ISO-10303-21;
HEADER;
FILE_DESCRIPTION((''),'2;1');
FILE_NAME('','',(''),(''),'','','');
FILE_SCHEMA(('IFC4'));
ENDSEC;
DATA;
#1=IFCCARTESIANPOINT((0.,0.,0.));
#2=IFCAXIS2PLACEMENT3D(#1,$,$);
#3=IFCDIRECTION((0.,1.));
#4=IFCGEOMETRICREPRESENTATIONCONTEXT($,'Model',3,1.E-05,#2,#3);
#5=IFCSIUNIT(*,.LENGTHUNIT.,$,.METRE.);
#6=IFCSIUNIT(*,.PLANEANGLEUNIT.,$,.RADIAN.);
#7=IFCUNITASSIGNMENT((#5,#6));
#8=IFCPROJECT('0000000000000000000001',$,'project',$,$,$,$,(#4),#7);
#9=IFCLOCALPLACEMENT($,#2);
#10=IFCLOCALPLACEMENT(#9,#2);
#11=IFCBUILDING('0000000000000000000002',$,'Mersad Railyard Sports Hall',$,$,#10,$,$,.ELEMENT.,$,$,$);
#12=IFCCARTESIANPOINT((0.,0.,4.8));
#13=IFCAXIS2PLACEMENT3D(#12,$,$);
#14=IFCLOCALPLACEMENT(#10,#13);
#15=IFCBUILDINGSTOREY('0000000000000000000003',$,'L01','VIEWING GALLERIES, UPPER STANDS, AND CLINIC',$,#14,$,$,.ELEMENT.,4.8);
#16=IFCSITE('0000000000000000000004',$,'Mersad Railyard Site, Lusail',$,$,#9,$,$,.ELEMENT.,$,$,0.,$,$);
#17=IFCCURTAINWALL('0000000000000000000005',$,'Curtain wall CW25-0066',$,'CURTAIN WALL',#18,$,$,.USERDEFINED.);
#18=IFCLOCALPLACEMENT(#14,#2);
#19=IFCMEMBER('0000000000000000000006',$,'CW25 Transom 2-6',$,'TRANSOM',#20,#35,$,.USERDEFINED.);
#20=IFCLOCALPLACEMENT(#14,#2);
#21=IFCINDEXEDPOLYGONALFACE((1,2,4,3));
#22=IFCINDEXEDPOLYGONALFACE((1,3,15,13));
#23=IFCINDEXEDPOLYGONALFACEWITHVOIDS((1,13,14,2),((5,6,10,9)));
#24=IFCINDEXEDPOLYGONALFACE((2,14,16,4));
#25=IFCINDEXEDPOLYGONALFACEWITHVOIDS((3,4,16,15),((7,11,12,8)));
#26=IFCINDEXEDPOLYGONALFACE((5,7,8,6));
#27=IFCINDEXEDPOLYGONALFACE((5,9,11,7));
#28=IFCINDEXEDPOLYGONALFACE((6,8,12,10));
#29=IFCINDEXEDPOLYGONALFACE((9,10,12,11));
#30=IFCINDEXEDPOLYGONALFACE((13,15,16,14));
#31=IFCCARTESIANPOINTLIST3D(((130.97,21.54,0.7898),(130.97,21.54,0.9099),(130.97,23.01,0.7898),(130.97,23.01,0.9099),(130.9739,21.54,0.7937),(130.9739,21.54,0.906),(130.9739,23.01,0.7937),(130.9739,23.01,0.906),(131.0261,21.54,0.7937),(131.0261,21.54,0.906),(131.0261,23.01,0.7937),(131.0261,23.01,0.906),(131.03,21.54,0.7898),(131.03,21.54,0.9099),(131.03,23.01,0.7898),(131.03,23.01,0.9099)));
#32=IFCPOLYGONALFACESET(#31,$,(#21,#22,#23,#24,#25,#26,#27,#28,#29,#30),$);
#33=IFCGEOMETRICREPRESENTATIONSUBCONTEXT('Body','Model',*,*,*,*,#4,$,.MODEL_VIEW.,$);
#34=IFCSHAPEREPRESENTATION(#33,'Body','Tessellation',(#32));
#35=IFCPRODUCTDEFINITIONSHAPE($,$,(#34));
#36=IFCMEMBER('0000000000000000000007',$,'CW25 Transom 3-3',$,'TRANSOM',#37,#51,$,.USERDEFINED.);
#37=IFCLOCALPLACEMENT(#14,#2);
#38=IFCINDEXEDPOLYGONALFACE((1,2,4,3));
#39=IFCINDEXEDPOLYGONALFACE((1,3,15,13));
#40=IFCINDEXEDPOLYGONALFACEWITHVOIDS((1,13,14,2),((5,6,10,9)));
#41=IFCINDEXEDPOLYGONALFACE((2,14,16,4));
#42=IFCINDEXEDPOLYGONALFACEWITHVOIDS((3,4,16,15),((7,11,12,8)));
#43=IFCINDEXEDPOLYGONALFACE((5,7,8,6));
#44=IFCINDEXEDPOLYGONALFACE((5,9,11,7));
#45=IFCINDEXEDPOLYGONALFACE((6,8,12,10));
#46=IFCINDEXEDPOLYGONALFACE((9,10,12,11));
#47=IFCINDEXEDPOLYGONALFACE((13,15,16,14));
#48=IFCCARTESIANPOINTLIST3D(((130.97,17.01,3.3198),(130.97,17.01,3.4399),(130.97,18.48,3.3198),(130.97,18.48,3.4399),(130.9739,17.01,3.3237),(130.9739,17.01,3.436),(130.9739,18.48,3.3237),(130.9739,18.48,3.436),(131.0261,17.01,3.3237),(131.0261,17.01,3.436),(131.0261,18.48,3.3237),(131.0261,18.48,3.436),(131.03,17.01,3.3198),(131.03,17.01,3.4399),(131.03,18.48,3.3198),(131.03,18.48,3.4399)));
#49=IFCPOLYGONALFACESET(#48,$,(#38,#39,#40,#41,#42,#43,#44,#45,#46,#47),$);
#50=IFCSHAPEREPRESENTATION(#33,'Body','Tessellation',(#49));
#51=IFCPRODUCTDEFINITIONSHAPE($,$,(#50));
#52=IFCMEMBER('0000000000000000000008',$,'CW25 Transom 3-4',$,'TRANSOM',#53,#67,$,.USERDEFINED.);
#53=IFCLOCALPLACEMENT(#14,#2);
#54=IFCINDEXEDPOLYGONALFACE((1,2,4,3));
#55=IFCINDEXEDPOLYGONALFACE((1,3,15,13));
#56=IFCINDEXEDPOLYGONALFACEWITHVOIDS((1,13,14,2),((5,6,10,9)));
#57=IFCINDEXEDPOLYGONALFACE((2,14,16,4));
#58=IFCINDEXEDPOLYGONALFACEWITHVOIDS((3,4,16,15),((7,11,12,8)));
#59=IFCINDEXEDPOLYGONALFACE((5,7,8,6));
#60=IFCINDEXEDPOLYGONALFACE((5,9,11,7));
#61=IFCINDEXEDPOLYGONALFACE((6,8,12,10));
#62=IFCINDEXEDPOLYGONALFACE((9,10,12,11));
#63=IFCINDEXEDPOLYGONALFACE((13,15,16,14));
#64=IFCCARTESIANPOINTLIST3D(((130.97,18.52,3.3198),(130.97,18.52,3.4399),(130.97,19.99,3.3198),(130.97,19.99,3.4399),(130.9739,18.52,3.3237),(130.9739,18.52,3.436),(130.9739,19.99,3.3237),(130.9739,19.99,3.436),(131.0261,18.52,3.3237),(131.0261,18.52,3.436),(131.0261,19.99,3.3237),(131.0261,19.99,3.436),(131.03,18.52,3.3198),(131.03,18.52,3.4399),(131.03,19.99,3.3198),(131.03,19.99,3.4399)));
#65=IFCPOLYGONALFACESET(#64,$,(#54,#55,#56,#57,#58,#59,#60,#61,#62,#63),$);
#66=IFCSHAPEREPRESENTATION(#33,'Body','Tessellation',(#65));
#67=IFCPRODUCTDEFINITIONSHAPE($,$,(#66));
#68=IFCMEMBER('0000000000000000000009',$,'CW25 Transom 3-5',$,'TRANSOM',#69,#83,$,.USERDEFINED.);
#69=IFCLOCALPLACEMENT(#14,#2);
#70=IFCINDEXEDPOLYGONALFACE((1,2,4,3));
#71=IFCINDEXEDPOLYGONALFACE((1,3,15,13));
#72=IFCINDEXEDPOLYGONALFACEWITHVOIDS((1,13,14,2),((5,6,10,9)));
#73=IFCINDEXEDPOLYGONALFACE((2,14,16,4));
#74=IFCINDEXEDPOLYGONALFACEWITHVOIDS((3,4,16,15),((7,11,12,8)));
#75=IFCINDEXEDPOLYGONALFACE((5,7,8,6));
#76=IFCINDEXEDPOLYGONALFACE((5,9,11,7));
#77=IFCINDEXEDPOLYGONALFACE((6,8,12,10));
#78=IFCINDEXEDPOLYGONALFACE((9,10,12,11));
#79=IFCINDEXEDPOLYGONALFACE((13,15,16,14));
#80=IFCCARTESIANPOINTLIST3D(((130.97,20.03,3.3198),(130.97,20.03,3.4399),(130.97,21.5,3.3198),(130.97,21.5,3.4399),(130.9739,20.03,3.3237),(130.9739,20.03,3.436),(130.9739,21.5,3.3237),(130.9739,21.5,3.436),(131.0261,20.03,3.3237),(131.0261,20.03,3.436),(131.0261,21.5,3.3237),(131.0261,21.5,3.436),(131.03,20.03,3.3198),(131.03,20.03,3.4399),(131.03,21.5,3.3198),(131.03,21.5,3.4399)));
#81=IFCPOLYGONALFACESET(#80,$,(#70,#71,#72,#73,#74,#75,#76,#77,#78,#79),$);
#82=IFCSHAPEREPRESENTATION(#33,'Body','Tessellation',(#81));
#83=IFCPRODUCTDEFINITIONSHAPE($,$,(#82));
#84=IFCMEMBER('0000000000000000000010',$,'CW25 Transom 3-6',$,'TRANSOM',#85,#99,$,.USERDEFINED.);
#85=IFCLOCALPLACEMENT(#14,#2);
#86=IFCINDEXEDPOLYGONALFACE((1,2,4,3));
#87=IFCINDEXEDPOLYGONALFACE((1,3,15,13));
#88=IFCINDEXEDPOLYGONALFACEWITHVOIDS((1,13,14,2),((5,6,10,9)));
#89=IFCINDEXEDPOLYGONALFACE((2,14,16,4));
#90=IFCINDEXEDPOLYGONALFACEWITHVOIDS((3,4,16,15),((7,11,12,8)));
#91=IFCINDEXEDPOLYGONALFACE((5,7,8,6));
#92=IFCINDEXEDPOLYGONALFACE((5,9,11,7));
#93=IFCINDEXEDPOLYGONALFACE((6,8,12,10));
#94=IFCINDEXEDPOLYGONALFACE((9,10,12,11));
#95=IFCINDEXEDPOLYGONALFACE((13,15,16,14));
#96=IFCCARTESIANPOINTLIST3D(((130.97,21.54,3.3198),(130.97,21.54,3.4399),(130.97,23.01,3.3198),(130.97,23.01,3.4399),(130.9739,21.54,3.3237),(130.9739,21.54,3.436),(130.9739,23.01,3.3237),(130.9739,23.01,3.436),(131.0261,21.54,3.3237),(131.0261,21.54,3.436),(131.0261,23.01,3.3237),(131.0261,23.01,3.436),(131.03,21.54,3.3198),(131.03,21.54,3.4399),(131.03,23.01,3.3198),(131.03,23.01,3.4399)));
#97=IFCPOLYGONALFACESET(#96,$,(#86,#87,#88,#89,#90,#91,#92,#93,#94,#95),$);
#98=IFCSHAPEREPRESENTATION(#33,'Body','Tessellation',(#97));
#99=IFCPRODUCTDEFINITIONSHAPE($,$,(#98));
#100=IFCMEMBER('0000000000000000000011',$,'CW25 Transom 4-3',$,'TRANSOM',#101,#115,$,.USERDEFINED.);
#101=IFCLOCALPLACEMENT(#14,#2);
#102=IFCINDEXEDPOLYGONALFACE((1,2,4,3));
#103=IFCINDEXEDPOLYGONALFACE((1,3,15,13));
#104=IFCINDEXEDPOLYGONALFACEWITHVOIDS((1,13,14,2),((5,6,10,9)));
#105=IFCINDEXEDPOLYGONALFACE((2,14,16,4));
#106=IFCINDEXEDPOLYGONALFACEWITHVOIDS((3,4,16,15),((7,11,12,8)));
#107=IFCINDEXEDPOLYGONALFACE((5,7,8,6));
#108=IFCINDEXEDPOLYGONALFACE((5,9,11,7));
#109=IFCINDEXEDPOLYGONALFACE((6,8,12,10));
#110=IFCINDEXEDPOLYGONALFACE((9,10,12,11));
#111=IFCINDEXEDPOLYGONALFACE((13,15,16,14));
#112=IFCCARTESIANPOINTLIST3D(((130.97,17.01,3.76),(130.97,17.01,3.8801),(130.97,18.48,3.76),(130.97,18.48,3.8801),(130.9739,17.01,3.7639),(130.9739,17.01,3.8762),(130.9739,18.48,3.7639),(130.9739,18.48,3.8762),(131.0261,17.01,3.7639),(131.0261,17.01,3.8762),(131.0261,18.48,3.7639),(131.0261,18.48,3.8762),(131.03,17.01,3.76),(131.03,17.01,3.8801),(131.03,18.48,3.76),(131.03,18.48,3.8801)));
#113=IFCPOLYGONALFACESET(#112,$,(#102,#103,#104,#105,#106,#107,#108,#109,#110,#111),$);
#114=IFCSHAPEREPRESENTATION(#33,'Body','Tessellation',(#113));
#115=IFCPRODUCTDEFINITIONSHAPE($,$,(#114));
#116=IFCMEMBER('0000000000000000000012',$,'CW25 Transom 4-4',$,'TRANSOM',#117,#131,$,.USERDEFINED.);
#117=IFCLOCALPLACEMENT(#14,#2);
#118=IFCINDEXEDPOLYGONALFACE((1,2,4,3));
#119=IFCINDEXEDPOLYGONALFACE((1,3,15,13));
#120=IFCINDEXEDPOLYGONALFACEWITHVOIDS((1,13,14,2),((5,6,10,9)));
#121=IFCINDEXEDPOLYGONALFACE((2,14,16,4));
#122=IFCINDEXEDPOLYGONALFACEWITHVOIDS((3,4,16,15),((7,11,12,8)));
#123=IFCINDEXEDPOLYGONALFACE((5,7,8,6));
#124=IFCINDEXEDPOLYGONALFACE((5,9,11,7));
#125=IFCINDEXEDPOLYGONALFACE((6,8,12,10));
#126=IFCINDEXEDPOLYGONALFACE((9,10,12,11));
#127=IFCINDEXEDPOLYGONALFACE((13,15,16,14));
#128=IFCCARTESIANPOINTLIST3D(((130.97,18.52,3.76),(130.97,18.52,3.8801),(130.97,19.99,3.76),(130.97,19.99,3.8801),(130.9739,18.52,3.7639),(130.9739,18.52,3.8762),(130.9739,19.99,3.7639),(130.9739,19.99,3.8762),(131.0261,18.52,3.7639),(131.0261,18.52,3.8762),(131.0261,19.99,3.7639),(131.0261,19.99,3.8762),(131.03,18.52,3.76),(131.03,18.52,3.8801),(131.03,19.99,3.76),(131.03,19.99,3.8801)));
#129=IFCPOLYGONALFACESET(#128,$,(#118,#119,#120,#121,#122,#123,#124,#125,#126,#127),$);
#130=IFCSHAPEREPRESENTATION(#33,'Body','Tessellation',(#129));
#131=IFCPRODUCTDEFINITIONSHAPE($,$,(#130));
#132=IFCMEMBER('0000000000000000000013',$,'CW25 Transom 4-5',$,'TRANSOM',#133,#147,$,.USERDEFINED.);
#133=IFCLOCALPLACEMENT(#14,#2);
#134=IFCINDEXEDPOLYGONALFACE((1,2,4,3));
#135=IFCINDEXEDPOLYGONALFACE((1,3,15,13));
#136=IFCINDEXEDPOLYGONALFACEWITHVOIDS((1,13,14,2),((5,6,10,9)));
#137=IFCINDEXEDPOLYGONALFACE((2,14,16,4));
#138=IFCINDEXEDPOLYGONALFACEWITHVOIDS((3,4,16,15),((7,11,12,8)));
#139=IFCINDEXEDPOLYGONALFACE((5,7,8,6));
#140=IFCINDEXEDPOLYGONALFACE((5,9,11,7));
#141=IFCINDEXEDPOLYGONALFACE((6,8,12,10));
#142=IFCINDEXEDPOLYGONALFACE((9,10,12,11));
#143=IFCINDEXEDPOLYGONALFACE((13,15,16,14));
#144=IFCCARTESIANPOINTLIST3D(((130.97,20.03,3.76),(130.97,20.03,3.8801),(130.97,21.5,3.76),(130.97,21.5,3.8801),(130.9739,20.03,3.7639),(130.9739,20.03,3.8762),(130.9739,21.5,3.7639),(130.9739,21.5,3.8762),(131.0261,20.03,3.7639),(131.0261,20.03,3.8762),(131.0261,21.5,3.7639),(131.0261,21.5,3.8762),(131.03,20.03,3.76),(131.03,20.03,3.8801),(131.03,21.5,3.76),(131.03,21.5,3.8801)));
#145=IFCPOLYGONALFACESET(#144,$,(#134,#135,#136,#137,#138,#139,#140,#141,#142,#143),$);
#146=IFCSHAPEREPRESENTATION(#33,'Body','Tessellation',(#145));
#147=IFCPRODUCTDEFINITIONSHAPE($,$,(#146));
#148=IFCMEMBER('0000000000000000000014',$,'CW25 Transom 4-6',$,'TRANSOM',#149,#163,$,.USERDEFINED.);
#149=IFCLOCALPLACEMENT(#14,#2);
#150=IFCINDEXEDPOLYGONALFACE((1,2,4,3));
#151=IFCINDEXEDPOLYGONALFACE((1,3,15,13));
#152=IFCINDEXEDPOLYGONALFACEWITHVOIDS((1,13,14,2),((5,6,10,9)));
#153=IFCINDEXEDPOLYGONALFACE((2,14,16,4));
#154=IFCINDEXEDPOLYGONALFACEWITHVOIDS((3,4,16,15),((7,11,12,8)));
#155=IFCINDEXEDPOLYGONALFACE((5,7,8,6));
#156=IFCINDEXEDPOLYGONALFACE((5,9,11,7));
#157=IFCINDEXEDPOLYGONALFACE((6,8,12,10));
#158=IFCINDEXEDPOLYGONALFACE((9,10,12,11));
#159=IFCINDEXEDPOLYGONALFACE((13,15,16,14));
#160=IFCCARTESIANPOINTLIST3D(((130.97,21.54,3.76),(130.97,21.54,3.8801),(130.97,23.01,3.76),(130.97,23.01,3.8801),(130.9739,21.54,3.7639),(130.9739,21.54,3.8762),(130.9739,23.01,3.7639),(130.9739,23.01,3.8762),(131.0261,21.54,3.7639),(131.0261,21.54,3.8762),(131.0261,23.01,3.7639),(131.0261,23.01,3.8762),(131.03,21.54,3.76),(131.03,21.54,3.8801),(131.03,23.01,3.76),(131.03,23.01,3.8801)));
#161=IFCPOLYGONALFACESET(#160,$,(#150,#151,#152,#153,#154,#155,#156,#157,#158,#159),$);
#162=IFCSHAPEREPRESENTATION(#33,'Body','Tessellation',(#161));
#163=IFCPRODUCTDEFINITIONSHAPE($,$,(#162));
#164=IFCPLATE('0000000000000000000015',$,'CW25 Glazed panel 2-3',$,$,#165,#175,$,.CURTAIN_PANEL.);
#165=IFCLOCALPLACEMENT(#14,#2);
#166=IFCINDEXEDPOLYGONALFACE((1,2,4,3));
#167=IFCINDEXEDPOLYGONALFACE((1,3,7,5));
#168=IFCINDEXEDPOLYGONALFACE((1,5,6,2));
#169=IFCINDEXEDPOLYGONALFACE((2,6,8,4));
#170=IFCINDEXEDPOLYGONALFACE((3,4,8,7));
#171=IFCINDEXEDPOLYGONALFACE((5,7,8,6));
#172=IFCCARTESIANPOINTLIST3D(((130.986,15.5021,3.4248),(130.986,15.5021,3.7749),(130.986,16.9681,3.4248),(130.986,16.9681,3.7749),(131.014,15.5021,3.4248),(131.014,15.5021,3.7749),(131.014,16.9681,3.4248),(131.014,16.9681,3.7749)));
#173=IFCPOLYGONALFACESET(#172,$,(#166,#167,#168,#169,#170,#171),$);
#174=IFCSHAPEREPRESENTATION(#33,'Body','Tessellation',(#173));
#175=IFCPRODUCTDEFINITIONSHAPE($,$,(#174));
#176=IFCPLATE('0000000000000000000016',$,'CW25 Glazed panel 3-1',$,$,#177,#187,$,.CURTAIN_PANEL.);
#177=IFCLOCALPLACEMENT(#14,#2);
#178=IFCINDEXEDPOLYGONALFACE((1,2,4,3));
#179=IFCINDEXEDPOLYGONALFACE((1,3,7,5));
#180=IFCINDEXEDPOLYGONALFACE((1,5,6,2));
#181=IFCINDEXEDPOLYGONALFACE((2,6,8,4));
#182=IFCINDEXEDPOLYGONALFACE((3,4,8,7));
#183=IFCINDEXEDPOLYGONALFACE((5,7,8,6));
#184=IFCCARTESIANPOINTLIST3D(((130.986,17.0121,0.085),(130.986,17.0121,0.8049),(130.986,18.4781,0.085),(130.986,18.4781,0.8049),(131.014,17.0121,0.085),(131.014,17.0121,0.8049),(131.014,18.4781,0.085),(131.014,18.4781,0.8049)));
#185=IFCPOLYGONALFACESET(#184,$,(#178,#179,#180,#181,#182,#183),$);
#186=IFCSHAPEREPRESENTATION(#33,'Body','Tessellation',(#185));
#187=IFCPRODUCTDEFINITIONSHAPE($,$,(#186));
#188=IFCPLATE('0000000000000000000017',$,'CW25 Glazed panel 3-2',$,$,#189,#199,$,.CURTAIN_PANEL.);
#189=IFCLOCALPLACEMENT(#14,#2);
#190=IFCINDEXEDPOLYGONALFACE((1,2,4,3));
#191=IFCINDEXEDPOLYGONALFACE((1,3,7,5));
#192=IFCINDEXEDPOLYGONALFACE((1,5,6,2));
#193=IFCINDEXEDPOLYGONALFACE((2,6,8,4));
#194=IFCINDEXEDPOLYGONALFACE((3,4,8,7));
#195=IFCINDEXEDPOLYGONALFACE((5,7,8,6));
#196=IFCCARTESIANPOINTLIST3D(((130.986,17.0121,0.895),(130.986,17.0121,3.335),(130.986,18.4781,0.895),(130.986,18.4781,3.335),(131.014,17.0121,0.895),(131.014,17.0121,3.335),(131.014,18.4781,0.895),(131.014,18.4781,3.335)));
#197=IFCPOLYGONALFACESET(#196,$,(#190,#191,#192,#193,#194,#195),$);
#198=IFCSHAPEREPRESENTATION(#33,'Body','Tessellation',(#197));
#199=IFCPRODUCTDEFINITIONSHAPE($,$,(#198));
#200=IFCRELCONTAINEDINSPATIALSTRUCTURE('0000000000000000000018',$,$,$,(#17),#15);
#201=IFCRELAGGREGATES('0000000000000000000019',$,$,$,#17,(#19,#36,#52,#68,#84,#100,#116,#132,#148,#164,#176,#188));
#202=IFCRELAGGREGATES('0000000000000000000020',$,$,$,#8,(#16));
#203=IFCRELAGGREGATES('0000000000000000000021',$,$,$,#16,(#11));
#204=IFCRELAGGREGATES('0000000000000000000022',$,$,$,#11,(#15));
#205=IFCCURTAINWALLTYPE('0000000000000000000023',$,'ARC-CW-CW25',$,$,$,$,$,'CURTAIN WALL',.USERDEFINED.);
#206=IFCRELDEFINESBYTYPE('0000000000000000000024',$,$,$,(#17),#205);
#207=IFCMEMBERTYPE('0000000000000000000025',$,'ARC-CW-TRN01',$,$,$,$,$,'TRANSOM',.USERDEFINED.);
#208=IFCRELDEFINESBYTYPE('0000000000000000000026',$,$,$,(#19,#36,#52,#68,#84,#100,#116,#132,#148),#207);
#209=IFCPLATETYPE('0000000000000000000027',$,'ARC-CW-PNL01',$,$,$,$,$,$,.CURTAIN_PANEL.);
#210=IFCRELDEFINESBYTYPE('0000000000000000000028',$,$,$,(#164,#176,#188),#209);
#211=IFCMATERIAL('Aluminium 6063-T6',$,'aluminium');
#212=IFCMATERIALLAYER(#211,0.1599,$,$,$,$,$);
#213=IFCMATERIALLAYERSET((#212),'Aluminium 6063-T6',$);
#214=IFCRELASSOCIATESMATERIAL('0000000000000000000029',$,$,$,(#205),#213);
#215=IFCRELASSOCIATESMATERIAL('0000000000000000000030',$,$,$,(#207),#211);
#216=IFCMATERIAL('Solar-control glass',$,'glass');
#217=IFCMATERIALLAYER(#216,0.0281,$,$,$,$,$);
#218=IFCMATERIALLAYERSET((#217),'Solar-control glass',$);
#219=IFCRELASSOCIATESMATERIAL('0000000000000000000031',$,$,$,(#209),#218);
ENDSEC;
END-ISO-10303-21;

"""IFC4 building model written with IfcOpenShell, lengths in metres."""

from ifc_helpers import new_model, si_unit, direction, frame, origin, origin_2d, place, context, subcontext, project, spatial, rectangle, hollow_rectangle, extrude, material, layer, layer_set, material_profile, profile_set, type_object, element, aggregate, save


model = new_model("IFC4")

# Units and contexts
model_context = context("Model", 3, precision=1e-05, world=origin(), true_north=direction((0.0, 1.0)))
body_context = subcontext(model_context, "Body", "Model", "MODEL_VIEW")
ifc_project = project(units=[si_unit("LENGTHUNIT", "METRE"), si_unit("PLANEANGLEUNIT", "RADIAN")], contexts=[model_context])

# Site, building, storey
site_placement = place(None, origin())
site = spatial("IfcSite", under=ifc_project, at=site_placement, Name="Mersad Railyard Site, Lusail", CompositionType="ELEMENT", RefElevation=0.0)
building_placement = place(site_placement, origin())
building = spatial("IfcBuilding", under=site, at=building_placement, Name="Mersad Railyard Sports Hall", CompositionType="ELEMENT")
storey_placement = place(building_placement, frame((0.0, 0.0, 4.8)))
storey = spatial("IfcBuildingStorey", under=building, at=storey_placement, Name="L01", Description="VIEWING GALLERIES, UPPER STANDS, AND CLINIC", CompositionType="ELEMENT", Elevation=4.8)

# Curtain wall, members, plates
ifc_material_1 = material(Name="Aluminium 6063-T6", Category="aluminium")
ifc_layer_1 = layer(ifc_material_1, 0.1599)
ifc_layer_set_1 = layer_set([ifc_layer_1], Name="Aluminium 6063-T6")
curtain_wall_type = type_object("IfcCurtainWallType", Name="ARC-CW-CW25", ElementType="CURTAIN WALL", PredefinedType="USERDEFINED", material=ifc_layer_set_1)
curtain_wall_placement = place(storey_placement, origin())
curtain_wall = element("IfcCurtainWall", 1, at=curtain_wall_placement, inside=storey, type_object=curtain_wall_type, Name="Curtain wall CW25-0066", ObjectType="CURTAIN WALL", PredefinedType="USERDEFINED")
ifc_material_profile_1 = material_profile(ifc_material_1, hollow_rectangle(XDim=0.0601, YDim=0.1201, WallThickness=0.0039, at=origin_2d()), Name="AL TRANSOM 60x120x4")
ifc_profile_set_1 = profile_set([ifc_material_profile_1], Name="Aluminium 6063-T6")
member_type_1 = type_object("IfcMemberType", Name="ARC-CW-TRN01", ElementType="TRANSOM", PredefinedType="USERDEFINED", material=ifc_profile_set_1)
member_1_placement = place(storey_placement, frame((131.0, 21.54, 0.8499), z_axis=(0.0, 1.0, 0.0), x_axis=(-1.0, 0.0, 0.0)))
member_1 = element("IfcMember", 2, at=member_1_placement, type_object=member_type_1, Name="CW25 Transom 2-6", ObjectType="TRANSOM", PredefinedType="USERDEFINED", context=body_context, shape_type="SweptSolid", body=[
    extrude(hollow_rectangle(XDim=0.0601, YDim=0.1201, WallThickness=0.0039, at=origin_2d()), origin(), (0.0, 0.0, 1.0), 1.47),
])
member_2_placement = place(storey_placement, frame((131.0, 17.01, 3.3799), z_axis=(0.0, 1.0, 0.0), x_axis=(-1.0, 0.0, 0.0)))
member_2 = element("IfcMember", 3, at=member_2_placement, type_object=member_type_1, Name="CW25 Transom 3-3", ObjectType="TRANSOM", PredefinedType="USERDEFINED", context=body_context, shape_type="SweptSolid", body=[
    extrude(hollow_rectangle(XDim=0.0601, YDim=0.1201, WallThickness=0.0039, at=origin_2d()), origin(), (0.0, 0.0, 1.0), 1.47),
])
member_3_placement = place(storey_placement, frame((131.0, 18.52, 3.3799), z_axis=(0.0, 1.0, 0.0), x_axis=(-1.0, 0.0, 0.0)))
member_3 = element("IfcMember", 4, at=member_3_placement, type_object=member_type_1, Name="CW25 Transom 3-4", ObjectType="TRANSOM", PredefinedType="USERDEFINED", context=body_context, shape_type="SweptSolid", body=[
    extrude(hollow_rectangle(XDim=0.0601, YDim=0.1201, WallThickness=0.0039, at=origin_2d()), origin(), (0.0, 0.0, 1.0), 1.47),
])
member_4_placement = place(storey_placement, frame((131.0, 20.03, 3.3799), z_axis=(0.0, 1.0, 0.0), x_axis=(-1.0, 0.0, 0.0)))
member_4 = element("IfcMember", 5, at=member_4_placement, type_object=member_type_1, Name="CW25 Transom 3-5", ObjectType="TRANSOM", PredefinedType="USERDEFINED", context=body_context, shape_type="SweptSolid", body=[
    extrude(hollow_rectangle(XDim=0.0601, YDim=0.1201, WallThickness=0.0039, at=origin_2d()), origin(), (0.0, 0.0, 1.0), 1.47),
])
member_5_placement = place(storey_placement, frame((131.0, 21.54, 3.3799), z_axis=(0.0, 1.0, 0.0), x_axis=(-1.0, 0.0, 0.0)))
member_5 = element("IfcMember", 6, at=member_5_placement, type_object=member_type_1, Name="CW25 Transom 3-6", ObjectType="TRANSOM", PredefinedType="USERDEFINED", context=body_context, shape_type="SweptSolid", body=[
    extrude(hollow_rectangle(XDim=0.0601, YDim=0.1201, WallThickness=0.0039, at=origin_2d()), origin(), (0.0, 0.0, 1.0), 1.47),
])
member_6_placement = place(storey_placement, frame((131.0, 17.01, 3.8201), z_axis=(0.0, 1.0, 0.0), x_axis=(-1.0, 0.0, 0.0)))
member_6 = element("IfcMember", 7, at=member_6_placement, type_object=member_type_1, Name="CW25 Transom 4-3", ObjectType="TRANSOM", PredefinedType="USERDEFINED", context=body_context, shape_type="SweptSolid", body=[
    extrude(hollow_rectangle(XDim=0.0601, YDim=0.1201, WallThickness=0.0039, at=origin_2d()), origin(), (0.0, 0.0, 1.0), 1.47),
])
member_7_placement = place(storey_placement, frame((131.0, 18.52, 3.8201), z_axis=(0.0, 1.0, 0.0), x_axis=(-1.0, 0.0, 0.0)))
member_7 = element("IfcMember", 8, at=member_7_placement, type_object=member_type_1, Name="CW25 Transom 4-4", ObjectType="TRANSOM", PredefinedType="USERDEFINED", context=body_context, shape_type="SweptSolid", body=[
    extrude(hollow_rectangle(XDim=0.0601, YDim=0.1201, WallThickness=0.0039, at=origin_2d()), origin(), (0.0, 0.0, 1.0), 1.47),
])
member_8_placement = place(storey_placement, frame((131.0, 20.03, 3.8201), z_axis=(0.0, 1.0, 0.0), x_axis=(-1.0, 0.0, 0.0)))
member_8 = element("IfcMember", 9, at=member_8_placement, type_object=member_type_1, Name="CW25 Transom 4-5", ObjectType="TRANSOM", PredefinedType="USERDEFINED", context=body_context, shape_type="SweptSolid", body=[
    extrude(hollow_rectangle(XDim=0.0601, YDim=0.1201, WallThickness=0.0039, at=origin_2d()), origin(), (0.0, 0.0, 1.0), 1.47),
])
member_9_placement = place(storey_placement, frame((131.0, 21.54, 3.8201), z_axis=(0.0, 1.0, 0.0), x_axis=(-1.0, 0.0, 0.0)))
member_9 = element("IfcMember", 10, at=member_9_placement, type_object=member_type_1, Name="CW25 Transom 4-6", ObjectType="TRANSOM", PredefinedType="USERDEFINED", context=body_context, shape_type="SweptSolid", body=[
    extrude(hollow_rectangle(XDim=0.0601, YDim=0.1201, WallThickness=0.0039, at=origin_2d()), origin(), (0.0, 0.0, 1.0), 1.47),
])
ifc_material_2 = material(Name="Solar-control glass", Category="glass")
ifc_layer_2 = layer(ifc_material_2, 0.0281)
ifc_layer_set_2 = layer_set([ifc_layer_2], Name="Solar-control glass")
plate_type = type_object("IfcPlateType", Name="ARC-CW-PNL01", PredefinedType="CURTAIN_PANEL", material=ifc_layer_set_2)
plate_1_placement = place(storey_placement, frame((131.0, 16.2351, 3.4248), z_axis=(0.0, 0.0, 1.0), x_axis=(0.0, 1.0, 0.0)))
plate_1 = element("IfcPlate", 11, at=plate_1_placement, type_object=plate_type, Name="CW25 Glazed panel 2-3", PredefinedType="CURTAIN_PANEL", context=body_context, shape_type="SweptSolid", body=[
    extrude(rectangle(XDim=1.4661, YDim=0.0281, at=origin_2d()), origin(), (0.0, 0.0, 1.0), 0.3501),
])
plate_2_placement = place(storey_placement, frame((131.0, 17.7451, 0.085), z_axis=(0.0, 0.0, 1.0), x_axis=(0.0, 1.0, 0.0)))
plate_2 = element("IfcPlate", 12, at=plate_2_placement, type_object=plate_type, Name="CW25 Glazed panel 3-1", PredefinedType="CURTAIN_PANEL", context=body_context, shape_type="SweptSolid", body=[
    extrude(rectangle(XDim=1.4661, YDim=0.0281, at=origin_2d()), origin(), (0.0, 0.0, 1.0), 0.72),
])
plate_3_placement = place(storey_placement, frame((131.0, 17.7451, 0.895), z_axis=(0.0, 0.0, 1.0), x_axis=(0.0, 1.0, 0.0)))
plate_3 = element("IfcPlate", 13, at=plate_3_placement, type_object=plate_type, Name="CW25 Glazed panel 3-2", PredefinedType="CURTAIN_PANEL", context=body_context, shape_type="SweptSolid", body=[
    extrude(rectangle(XDim=1.4661, YDim=0.0281, at=origin_2d()), origin(), (0.0, 0.0, 1.0), 2.4399),
])
aggregate(curtain_wall, [member_1, member_2, member_3, member_4, member_5, member_6, member_7, member_8, member_9, plate_1, plate_2, plate_3])

save(model, "model.ifc")
